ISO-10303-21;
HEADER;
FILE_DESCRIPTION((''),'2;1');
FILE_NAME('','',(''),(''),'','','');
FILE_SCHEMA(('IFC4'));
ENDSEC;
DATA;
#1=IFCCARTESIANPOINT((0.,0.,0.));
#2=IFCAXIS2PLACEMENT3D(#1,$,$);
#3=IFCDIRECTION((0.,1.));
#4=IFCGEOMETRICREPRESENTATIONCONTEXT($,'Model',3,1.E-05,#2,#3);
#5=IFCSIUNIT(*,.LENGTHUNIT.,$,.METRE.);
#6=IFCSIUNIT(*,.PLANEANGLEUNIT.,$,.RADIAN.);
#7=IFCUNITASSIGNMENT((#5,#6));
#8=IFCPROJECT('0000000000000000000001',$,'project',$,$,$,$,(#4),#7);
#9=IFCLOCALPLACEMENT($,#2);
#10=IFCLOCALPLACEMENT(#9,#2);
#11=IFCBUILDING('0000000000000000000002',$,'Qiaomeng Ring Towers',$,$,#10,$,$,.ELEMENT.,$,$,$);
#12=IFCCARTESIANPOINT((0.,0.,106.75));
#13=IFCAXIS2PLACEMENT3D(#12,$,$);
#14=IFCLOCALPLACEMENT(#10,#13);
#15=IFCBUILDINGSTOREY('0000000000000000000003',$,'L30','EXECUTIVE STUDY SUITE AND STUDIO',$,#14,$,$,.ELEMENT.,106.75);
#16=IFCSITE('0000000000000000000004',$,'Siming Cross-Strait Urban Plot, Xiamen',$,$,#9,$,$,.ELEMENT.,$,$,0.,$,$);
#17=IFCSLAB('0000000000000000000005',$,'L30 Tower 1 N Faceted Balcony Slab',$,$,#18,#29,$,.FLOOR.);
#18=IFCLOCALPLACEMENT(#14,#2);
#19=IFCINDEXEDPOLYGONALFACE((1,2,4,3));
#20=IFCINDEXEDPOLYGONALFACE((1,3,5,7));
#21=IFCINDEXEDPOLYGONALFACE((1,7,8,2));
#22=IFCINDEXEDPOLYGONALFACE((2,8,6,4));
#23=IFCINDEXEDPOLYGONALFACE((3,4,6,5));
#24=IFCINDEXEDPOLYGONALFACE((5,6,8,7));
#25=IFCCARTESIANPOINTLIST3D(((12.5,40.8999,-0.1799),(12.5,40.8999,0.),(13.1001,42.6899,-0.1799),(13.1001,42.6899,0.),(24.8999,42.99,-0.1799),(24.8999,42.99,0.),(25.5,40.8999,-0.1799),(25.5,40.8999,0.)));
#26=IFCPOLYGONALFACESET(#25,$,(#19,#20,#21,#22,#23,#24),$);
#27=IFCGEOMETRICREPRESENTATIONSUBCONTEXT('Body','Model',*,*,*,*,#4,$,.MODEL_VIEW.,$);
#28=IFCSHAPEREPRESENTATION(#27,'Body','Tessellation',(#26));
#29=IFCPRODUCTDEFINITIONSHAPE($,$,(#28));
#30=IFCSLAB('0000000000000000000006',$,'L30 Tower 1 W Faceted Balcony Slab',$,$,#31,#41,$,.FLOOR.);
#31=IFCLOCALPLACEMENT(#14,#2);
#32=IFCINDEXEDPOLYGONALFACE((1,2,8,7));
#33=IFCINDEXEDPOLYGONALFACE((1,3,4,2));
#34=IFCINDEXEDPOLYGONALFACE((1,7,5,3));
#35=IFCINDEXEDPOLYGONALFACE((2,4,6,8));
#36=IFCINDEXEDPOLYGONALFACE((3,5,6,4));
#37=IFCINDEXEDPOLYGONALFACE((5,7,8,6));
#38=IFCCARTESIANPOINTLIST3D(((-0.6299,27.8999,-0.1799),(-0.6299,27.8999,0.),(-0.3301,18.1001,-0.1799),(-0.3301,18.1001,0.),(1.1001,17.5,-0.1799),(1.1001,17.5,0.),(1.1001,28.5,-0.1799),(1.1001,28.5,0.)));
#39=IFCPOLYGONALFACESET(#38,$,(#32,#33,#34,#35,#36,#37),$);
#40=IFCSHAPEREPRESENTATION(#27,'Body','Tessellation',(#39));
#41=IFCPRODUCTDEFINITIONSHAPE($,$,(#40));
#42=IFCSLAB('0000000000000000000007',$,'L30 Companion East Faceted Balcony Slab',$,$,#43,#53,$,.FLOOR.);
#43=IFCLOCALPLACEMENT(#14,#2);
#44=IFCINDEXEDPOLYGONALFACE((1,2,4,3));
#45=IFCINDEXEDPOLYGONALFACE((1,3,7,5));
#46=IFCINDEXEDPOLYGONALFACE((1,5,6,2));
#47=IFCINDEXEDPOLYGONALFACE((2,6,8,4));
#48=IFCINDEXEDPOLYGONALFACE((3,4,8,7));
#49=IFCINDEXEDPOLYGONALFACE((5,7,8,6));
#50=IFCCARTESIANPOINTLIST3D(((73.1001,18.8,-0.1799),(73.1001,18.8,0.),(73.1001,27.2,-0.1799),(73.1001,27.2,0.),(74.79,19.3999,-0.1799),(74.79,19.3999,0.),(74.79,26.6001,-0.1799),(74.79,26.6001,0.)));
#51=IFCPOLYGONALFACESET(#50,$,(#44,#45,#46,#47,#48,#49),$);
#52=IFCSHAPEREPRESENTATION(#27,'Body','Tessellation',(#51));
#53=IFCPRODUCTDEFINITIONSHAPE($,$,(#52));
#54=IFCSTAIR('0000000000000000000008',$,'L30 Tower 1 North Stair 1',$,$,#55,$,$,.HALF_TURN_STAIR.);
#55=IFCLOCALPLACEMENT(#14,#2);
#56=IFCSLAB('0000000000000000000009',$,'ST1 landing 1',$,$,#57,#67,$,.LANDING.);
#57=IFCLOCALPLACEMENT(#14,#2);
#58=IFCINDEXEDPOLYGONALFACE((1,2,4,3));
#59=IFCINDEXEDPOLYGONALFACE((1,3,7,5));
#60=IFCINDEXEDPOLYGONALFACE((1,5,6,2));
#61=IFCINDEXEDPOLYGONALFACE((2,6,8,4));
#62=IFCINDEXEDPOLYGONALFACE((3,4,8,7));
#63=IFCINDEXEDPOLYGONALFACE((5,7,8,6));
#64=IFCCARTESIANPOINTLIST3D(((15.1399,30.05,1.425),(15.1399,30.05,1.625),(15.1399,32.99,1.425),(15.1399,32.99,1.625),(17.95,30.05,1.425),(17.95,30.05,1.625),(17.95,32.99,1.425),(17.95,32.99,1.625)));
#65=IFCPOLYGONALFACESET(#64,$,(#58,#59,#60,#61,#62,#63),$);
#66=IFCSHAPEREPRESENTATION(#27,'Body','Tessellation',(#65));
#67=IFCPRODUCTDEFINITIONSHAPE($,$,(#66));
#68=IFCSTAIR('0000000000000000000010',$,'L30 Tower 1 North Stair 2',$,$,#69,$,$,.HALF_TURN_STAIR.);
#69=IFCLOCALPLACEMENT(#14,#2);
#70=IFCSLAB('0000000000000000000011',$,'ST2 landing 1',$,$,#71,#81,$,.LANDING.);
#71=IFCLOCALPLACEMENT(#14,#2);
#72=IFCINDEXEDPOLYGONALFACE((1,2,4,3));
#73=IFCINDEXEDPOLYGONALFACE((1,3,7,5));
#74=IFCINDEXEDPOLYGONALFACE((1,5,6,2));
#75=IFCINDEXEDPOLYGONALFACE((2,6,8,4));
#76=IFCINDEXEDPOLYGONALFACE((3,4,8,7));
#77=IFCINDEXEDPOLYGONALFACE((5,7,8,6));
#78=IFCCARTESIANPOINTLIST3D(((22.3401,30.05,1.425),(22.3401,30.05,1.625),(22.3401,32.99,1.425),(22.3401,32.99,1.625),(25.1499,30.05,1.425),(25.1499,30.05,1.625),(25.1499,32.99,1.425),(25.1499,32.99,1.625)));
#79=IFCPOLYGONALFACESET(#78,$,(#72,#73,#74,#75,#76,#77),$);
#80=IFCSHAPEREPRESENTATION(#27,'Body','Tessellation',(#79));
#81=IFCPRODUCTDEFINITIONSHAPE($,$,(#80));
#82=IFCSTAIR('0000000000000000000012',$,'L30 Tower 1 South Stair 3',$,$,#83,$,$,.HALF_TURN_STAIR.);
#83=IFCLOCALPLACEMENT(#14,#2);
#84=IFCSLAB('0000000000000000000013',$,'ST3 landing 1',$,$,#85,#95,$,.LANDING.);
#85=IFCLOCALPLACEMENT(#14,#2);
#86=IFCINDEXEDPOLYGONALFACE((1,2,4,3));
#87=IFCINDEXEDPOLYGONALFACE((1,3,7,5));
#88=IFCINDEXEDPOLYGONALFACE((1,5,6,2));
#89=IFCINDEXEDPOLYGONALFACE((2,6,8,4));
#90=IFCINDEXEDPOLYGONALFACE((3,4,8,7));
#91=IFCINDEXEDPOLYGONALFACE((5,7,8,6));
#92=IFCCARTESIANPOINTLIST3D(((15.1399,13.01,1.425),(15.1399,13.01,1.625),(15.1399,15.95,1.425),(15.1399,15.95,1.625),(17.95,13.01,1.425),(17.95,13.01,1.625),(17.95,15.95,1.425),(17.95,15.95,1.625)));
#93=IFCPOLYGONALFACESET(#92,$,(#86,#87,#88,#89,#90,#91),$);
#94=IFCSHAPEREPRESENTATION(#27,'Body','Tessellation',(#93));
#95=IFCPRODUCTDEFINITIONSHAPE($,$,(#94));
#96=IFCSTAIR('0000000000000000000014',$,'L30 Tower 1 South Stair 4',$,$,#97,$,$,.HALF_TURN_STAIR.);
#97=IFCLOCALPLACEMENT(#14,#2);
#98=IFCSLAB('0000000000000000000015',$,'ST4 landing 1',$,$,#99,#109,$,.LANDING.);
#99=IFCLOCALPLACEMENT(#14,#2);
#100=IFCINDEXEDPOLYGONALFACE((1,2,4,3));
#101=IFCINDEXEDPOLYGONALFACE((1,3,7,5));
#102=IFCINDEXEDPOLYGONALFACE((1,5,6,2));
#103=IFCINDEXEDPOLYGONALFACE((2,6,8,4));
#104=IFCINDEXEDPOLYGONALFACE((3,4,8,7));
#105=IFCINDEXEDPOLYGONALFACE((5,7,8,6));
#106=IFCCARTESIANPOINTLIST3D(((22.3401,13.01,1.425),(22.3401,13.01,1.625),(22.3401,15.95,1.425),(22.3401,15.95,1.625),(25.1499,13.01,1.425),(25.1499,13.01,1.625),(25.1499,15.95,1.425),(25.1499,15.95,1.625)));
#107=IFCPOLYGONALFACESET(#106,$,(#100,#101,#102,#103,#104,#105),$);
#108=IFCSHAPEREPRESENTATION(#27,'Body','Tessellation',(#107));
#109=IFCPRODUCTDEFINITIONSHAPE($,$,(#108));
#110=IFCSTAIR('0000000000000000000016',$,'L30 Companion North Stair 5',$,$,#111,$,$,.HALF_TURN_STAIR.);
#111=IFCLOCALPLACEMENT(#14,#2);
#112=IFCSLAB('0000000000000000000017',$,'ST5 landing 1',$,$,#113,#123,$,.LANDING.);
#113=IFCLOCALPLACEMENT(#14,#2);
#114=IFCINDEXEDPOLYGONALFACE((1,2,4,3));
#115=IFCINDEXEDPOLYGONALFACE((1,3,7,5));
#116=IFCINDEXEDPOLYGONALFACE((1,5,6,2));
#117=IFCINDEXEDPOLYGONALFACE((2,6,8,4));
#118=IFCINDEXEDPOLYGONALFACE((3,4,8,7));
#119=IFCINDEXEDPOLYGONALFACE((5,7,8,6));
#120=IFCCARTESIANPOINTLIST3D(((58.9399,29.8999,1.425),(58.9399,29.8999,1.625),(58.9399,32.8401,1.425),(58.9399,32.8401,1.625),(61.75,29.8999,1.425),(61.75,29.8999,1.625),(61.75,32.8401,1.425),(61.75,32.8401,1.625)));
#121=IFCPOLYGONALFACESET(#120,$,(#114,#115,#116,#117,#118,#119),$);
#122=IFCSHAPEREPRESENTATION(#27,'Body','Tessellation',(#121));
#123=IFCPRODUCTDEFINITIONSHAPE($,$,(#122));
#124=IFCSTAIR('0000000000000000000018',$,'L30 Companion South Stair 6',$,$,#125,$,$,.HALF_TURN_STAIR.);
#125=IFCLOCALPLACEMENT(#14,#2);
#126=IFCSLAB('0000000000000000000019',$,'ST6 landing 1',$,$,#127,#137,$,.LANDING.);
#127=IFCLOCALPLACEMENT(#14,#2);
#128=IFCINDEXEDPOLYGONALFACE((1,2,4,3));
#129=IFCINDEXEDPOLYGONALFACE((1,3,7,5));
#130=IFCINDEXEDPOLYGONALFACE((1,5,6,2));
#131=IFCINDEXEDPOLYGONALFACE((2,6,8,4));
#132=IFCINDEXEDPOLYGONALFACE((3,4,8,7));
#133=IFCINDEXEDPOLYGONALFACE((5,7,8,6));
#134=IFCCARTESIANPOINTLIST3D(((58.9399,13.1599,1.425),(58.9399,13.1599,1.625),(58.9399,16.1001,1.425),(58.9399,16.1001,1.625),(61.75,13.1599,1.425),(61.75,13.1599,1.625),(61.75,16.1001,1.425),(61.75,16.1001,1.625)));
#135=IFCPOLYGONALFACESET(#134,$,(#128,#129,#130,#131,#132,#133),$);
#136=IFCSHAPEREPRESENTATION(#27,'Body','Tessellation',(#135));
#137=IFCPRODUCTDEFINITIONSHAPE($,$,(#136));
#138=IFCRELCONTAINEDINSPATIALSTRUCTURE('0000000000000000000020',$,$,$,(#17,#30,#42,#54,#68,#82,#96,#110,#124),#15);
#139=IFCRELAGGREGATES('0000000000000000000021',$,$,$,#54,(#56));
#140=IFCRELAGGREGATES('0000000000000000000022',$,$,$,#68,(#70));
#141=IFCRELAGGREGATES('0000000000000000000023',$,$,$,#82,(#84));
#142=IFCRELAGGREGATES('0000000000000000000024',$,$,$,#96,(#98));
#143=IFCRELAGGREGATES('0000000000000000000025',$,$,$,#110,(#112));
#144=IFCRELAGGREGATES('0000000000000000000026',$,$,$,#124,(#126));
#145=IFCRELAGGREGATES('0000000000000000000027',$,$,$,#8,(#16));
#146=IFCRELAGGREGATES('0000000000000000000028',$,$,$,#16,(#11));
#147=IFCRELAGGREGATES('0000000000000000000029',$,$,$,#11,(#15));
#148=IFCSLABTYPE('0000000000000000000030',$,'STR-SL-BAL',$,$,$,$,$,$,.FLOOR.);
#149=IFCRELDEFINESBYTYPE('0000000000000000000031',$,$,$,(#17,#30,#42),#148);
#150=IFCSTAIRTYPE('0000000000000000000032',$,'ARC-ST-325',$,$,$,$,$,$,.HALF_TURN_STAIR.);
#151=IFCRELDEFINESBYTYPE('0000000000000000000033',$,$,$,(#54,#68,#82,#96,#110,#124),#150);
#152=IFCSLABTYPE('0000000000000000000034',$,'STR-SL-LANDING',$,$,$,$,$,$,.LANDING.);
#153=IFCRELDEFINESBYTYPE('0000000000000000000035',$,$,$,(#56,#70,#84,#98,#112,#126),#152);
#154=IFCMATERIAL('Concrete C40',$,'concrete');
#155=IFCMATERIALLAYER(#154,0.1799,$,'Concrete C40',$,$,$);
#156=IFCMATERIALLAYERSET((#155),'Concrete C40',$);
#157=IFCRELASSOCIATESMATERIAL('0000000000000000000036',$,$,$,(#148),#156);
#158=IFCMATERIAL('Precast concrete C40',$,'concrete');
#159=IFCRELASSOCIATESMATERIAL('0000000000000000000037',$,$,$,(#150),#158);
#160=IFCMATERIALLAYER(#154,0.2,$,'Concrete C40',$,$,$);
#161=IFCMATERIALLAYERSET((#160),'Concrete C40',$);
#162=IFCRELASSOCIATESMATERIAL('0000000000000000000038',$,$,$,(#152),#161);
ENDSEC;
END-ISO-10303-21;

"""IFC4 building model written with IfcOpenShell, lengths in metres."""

from ifc_helpers import new_model, si_unit, direction, frame, origin, place, context, subcontext, project, spatial, polyline, outline, extrude, material, layer, layer_set, type_object, element, aggregate, save


model = new_model("IFC4")

# Units and contexts
model_context = context("Model", 3, precision=1e-05, world=origin(), true_north=direction((0.0, 1.0)))
body_context = subcontext(model_context, "Body", "Model", "MODEL_VIEW")
ifc_project = project(units=[si_unit("LENGTHUNIT", "METRE"), si_unit("PLANEANGLEUNIT", "RADIAN")], contexts=[model_context])

# Site, building, storey
site_placement = place(None, origin())
site = spatial("IfcSite", under=ifc_project, at=site_placement, Name="Siming Cross-Strait Urban Plot, Xiamen", CompositionType="ELEMENT", RefElevation=0.0)
building_placement = place(site_placement, origin())
building = spatial("IfcBuilding", under=site, at=building_placement, Name="Qiaomeng Ring Towers", CompositionType="ELEMENT")
storey_placement = place(building_placement, frame((0.0, 0.0, 106.75)))
storey = spatial("IfcBuildingStorey", under=building, at=storey_placement, Name="L30", Description="EXECUTIVE STUDY SUITE AND STUDIO", CompositionType="ELEMENT", Elevation=106.75)

# Slabs
ifc_material_1 = material(Name="Concrete C40", Category="concrete")
ifc_layer_1 = layer(ifc_material_1, 0.1799, Name="Concrete C40")
ifc_layer_set_1 = layer_set([ifc_layer_1], Name="Concrete C40")
slab_type_1 = type_object("IfcSlabType", Name="STR-SL-BAL", PredefinedType="FLOOR", material=ifc_layer_set_1)
slab_1_placement = place(storey_placement, frame((0.0, 0.0, -0.1799)))
element("IfcSlab", 1, at=slab_1_placement, inside=storey, type_object=slab_type_1, Name="L30 Tower 1 N Faceted Balcony Slab", PredefinedType="FLOOR", context=body_context, shape_type="SweptSolid", body=[
    extrude(outline(polyline([(12.5, 40.8999), (13.1001, 42.6899), (24.8999, 42.99), (25.5, 40.8999), (12.5, 40.8999)])), origin(), (0.0, 0.0, 1.0), 0.1799),
])
slab_2_placement = place(storey_placement, frame((0.0, 0.0, -0.1799)))
element("IfcSlab", 2, at=slab_2_placement, inside=storey, type_object=slab_type_1, Name="L30 Tower 1 W Faceted Balcony Slab", PredefinedType="FLOOR", context=body_context, shape_type="SweptSolid", body=[
    extrude(outline(polyline([(-0.3301, 18.1001), (-0.6299, 27.8999), (1.1001, 28.5), (1.1001, 17.5), (-0.3301, 18.1001)])), origin(), (0.0, 0.0, 1.0), 0.1799),
])
slab_3_placement = place(storey_placement, frame((0.0, 0.0, -0.1799)))
element("IfcSlab", 3, at=slab_3_placement, inside=storey, type_object=slab_type_1, Name="L30 Companion East Faceted Balcony Slab", PredefinedType="FLOOR", context=body_context, shape_type="SweptSolid", body=[
    extrude(outline(polyline([(74.79, 26.6001), (74.79, 19.3999), (73.1001, 18.8), (73.1001, 27.2), (74.79, 26.6001)])), origin(), (0.0, 0.0, 1.0), 0.1799),
])

# Stairs, slabs
ifc_material_2 = material(Name="Precast concrete C40", Category="concrete")
stair_type = type_object("IfcStairType", Name="ARC-ST-325", PredefinedType="HALF_TURN_STAIR", material=ifc_material_2)
stair_1_placement = place(storey_placement, origin())
stair_1 = element("IfcStair", 4, at=stair_1_placement, inside=storey, type_object=stair_type, Name="L30 Tower 1 North Stair 1", PredefinedType="HALF_TURN_STAIR")
ifc_layer_2 = layer(ifc_material_1, 0.2, Name="Concrete C40")
ifc_layer_set_2 = layer_set([ifc_layer_2], Name="Concrete C40")
slab_type_2 = type_object("IfcSlabType", Name="STR-SL-LANDING", PredefinedType="LANDING", material=ifc_layer_set_2)
slab_4_placement = place(storey_placement, frame((0.0, 0.0, 1.425)))
slab_4 = element("IfcSlab", 5, at=slab_4_placement, type_object=slab_type_2, Name="ST1 landing 1", PredefinedType="LANDING", context=body_context, shape_type="SweptSolid", body=[
    extrude(outline(polyline([(15.1399, 30.05), (17.95, 30.05), (17.95, 32.99), (15.1399, 32.99), (15.1399, 30.05)])), origin(), (0.0, 0.0, 1.0), 0.2),
])
aggregate(stair_1, [slab_4])
stair_2_placement = place(storey_placement, origin())
stair_2 = element("IfcStair", 6, at=stair_2_placement, inside=storey, type_object=stair_type, Name="L30 Tower 1 North Stair 2", PredefinedType="HALF_TURN_STAIR")
slab_5_placement = place(storey_placement, frame((0.0, 0.0, 1.425)))
slab_5 = element("IfcSlab", 7, at=slab_5_placement, type_object=slab_type_2, Name="ST2 landing 1", PredefinedType="LANDING", context=body_context, shape_type="SweptSolid", body=[
    extrude(outline(polyline([(22.3401, 30.05), (25.1499, 30.05), (25.1499, 32.99), (22.3401, 32.99), (22.3401, 30.05)])), origin(), (0.0, 0.0, 1.0), 0.2),
])
aggregate(stair_2, [slab_5])
stair_3_placement = place(storey_placement, origin())
stair_3 = element("IfcStair", 8, at=stair_3_placement, inside=storey, type_object=stair_type, Name="L30 Tower 1 South Stair 3", PredefinedType="HALF_TURN_STAIR")
slab_6_placement = place(storey_placement, frame((0.0, 0.0, 1.425)))
slab_6 = element("IfcSlab", 9, at=slab_6_placement, type_object=slab_type_2, Name="ST3 landing 1", PredefinedType="LANDING", context=body_context, shape_type="SweptSolid", body=[
    extrude(outline(polyline([(15.1399, 13.01), (17.95, 13.01), (17.95, 15.95), (15.1399, 15.95), (15.1399, 13.01)])), origin(), (0.0, 0.0, 1.0), 0.2),
])
aggregate(stair_3, [slab_6])
stair_4_placement = place(storey_placement, origin())
stair_4 = element("IfcStair", 10, at=stair_4_placement, inside=storey, type_object=stair_type, Name="L30 Tower 1 South Stair 4", PredefinedType="HALF_TURN_STAIR")
slab_7_placement = place(storey_placement, frame((0.0, 0.0, 1.425)))
slab_7 = element("IfcSlab", 11, at=slab_7_placement, type_object=slab_type_2, Name="ST4 landing 1", PredefinedType="LANDING", context=body_context, shape_type="SweptSolid", body=[
    extrude(outline(polyline([(22.3401, 13.01), (25.1499, 13.01), (25.1499, 15.95), (22.3401, 15.95), (22.3401, 13.01)])), origin(), (0.0, 0.0, 1.0), 0.2),
])
aggregate(stair_4, [slab_7])
stair_5_placement = place(storey_placement, origin())
stair_5 = element("IfcStair", 12, at=stair_5_placement, inside=storey, type_object=stair_type, Name="L30 Companion North Stair 5", PredefinedType="HALF_TURN_STAIR")
slab_8_placement = place(storey_placement, frame((0.0, 0.0, 1.425)))
slab_8 = element("IfcSlab", 13, at=slab_8_placement, type_object=slab_type_2, Name="ST5 landing 1", PredefinedType="LANDING", context=body_context, shape_type="SweptSolid", body=[
    extrude(outline(polyline([(58.9399, 29.8999), (61.75, 29.8999), (61.75, 32.8401), (58.9399, 32.8401), (58.9399, 29.8999)])), origin(), (0.0, 0.0, 1.0), 0.2),
])
aggregate(stair_5, [slab_8])
stair_6_placement = place(storey_placement, origin())
stair_6 = element("IfcStair", 14, at=stair_6_placement, inside=storey, type_object=stair_type, Name="L30 Companion South Stair 6", PredefinedType="HALF_TURN_STAIR")
slab_9_placement = place(storey_placement, frame((0.0, 0.0, 1.425)))
slab_9 = element("IfcSlab", 15, at=slab_9_placement, type_object=slab_type_2, Name="ST6 landing 1", PredefinedType="LANDING", context=body_context, shape_type="SweptSolid", body=[
    extrude(outline(polyline([(58.9399, 13.1599), (61.75, 13.1599), (61.75, 16.1001), (58.9399, 16.1001), (58.9399, 13.1599)])), origin(), (0.0, 0.0, 1.0), 0.2),
])
aggregate(stair_6, [slab_9])

save(model, "model.ifc")
